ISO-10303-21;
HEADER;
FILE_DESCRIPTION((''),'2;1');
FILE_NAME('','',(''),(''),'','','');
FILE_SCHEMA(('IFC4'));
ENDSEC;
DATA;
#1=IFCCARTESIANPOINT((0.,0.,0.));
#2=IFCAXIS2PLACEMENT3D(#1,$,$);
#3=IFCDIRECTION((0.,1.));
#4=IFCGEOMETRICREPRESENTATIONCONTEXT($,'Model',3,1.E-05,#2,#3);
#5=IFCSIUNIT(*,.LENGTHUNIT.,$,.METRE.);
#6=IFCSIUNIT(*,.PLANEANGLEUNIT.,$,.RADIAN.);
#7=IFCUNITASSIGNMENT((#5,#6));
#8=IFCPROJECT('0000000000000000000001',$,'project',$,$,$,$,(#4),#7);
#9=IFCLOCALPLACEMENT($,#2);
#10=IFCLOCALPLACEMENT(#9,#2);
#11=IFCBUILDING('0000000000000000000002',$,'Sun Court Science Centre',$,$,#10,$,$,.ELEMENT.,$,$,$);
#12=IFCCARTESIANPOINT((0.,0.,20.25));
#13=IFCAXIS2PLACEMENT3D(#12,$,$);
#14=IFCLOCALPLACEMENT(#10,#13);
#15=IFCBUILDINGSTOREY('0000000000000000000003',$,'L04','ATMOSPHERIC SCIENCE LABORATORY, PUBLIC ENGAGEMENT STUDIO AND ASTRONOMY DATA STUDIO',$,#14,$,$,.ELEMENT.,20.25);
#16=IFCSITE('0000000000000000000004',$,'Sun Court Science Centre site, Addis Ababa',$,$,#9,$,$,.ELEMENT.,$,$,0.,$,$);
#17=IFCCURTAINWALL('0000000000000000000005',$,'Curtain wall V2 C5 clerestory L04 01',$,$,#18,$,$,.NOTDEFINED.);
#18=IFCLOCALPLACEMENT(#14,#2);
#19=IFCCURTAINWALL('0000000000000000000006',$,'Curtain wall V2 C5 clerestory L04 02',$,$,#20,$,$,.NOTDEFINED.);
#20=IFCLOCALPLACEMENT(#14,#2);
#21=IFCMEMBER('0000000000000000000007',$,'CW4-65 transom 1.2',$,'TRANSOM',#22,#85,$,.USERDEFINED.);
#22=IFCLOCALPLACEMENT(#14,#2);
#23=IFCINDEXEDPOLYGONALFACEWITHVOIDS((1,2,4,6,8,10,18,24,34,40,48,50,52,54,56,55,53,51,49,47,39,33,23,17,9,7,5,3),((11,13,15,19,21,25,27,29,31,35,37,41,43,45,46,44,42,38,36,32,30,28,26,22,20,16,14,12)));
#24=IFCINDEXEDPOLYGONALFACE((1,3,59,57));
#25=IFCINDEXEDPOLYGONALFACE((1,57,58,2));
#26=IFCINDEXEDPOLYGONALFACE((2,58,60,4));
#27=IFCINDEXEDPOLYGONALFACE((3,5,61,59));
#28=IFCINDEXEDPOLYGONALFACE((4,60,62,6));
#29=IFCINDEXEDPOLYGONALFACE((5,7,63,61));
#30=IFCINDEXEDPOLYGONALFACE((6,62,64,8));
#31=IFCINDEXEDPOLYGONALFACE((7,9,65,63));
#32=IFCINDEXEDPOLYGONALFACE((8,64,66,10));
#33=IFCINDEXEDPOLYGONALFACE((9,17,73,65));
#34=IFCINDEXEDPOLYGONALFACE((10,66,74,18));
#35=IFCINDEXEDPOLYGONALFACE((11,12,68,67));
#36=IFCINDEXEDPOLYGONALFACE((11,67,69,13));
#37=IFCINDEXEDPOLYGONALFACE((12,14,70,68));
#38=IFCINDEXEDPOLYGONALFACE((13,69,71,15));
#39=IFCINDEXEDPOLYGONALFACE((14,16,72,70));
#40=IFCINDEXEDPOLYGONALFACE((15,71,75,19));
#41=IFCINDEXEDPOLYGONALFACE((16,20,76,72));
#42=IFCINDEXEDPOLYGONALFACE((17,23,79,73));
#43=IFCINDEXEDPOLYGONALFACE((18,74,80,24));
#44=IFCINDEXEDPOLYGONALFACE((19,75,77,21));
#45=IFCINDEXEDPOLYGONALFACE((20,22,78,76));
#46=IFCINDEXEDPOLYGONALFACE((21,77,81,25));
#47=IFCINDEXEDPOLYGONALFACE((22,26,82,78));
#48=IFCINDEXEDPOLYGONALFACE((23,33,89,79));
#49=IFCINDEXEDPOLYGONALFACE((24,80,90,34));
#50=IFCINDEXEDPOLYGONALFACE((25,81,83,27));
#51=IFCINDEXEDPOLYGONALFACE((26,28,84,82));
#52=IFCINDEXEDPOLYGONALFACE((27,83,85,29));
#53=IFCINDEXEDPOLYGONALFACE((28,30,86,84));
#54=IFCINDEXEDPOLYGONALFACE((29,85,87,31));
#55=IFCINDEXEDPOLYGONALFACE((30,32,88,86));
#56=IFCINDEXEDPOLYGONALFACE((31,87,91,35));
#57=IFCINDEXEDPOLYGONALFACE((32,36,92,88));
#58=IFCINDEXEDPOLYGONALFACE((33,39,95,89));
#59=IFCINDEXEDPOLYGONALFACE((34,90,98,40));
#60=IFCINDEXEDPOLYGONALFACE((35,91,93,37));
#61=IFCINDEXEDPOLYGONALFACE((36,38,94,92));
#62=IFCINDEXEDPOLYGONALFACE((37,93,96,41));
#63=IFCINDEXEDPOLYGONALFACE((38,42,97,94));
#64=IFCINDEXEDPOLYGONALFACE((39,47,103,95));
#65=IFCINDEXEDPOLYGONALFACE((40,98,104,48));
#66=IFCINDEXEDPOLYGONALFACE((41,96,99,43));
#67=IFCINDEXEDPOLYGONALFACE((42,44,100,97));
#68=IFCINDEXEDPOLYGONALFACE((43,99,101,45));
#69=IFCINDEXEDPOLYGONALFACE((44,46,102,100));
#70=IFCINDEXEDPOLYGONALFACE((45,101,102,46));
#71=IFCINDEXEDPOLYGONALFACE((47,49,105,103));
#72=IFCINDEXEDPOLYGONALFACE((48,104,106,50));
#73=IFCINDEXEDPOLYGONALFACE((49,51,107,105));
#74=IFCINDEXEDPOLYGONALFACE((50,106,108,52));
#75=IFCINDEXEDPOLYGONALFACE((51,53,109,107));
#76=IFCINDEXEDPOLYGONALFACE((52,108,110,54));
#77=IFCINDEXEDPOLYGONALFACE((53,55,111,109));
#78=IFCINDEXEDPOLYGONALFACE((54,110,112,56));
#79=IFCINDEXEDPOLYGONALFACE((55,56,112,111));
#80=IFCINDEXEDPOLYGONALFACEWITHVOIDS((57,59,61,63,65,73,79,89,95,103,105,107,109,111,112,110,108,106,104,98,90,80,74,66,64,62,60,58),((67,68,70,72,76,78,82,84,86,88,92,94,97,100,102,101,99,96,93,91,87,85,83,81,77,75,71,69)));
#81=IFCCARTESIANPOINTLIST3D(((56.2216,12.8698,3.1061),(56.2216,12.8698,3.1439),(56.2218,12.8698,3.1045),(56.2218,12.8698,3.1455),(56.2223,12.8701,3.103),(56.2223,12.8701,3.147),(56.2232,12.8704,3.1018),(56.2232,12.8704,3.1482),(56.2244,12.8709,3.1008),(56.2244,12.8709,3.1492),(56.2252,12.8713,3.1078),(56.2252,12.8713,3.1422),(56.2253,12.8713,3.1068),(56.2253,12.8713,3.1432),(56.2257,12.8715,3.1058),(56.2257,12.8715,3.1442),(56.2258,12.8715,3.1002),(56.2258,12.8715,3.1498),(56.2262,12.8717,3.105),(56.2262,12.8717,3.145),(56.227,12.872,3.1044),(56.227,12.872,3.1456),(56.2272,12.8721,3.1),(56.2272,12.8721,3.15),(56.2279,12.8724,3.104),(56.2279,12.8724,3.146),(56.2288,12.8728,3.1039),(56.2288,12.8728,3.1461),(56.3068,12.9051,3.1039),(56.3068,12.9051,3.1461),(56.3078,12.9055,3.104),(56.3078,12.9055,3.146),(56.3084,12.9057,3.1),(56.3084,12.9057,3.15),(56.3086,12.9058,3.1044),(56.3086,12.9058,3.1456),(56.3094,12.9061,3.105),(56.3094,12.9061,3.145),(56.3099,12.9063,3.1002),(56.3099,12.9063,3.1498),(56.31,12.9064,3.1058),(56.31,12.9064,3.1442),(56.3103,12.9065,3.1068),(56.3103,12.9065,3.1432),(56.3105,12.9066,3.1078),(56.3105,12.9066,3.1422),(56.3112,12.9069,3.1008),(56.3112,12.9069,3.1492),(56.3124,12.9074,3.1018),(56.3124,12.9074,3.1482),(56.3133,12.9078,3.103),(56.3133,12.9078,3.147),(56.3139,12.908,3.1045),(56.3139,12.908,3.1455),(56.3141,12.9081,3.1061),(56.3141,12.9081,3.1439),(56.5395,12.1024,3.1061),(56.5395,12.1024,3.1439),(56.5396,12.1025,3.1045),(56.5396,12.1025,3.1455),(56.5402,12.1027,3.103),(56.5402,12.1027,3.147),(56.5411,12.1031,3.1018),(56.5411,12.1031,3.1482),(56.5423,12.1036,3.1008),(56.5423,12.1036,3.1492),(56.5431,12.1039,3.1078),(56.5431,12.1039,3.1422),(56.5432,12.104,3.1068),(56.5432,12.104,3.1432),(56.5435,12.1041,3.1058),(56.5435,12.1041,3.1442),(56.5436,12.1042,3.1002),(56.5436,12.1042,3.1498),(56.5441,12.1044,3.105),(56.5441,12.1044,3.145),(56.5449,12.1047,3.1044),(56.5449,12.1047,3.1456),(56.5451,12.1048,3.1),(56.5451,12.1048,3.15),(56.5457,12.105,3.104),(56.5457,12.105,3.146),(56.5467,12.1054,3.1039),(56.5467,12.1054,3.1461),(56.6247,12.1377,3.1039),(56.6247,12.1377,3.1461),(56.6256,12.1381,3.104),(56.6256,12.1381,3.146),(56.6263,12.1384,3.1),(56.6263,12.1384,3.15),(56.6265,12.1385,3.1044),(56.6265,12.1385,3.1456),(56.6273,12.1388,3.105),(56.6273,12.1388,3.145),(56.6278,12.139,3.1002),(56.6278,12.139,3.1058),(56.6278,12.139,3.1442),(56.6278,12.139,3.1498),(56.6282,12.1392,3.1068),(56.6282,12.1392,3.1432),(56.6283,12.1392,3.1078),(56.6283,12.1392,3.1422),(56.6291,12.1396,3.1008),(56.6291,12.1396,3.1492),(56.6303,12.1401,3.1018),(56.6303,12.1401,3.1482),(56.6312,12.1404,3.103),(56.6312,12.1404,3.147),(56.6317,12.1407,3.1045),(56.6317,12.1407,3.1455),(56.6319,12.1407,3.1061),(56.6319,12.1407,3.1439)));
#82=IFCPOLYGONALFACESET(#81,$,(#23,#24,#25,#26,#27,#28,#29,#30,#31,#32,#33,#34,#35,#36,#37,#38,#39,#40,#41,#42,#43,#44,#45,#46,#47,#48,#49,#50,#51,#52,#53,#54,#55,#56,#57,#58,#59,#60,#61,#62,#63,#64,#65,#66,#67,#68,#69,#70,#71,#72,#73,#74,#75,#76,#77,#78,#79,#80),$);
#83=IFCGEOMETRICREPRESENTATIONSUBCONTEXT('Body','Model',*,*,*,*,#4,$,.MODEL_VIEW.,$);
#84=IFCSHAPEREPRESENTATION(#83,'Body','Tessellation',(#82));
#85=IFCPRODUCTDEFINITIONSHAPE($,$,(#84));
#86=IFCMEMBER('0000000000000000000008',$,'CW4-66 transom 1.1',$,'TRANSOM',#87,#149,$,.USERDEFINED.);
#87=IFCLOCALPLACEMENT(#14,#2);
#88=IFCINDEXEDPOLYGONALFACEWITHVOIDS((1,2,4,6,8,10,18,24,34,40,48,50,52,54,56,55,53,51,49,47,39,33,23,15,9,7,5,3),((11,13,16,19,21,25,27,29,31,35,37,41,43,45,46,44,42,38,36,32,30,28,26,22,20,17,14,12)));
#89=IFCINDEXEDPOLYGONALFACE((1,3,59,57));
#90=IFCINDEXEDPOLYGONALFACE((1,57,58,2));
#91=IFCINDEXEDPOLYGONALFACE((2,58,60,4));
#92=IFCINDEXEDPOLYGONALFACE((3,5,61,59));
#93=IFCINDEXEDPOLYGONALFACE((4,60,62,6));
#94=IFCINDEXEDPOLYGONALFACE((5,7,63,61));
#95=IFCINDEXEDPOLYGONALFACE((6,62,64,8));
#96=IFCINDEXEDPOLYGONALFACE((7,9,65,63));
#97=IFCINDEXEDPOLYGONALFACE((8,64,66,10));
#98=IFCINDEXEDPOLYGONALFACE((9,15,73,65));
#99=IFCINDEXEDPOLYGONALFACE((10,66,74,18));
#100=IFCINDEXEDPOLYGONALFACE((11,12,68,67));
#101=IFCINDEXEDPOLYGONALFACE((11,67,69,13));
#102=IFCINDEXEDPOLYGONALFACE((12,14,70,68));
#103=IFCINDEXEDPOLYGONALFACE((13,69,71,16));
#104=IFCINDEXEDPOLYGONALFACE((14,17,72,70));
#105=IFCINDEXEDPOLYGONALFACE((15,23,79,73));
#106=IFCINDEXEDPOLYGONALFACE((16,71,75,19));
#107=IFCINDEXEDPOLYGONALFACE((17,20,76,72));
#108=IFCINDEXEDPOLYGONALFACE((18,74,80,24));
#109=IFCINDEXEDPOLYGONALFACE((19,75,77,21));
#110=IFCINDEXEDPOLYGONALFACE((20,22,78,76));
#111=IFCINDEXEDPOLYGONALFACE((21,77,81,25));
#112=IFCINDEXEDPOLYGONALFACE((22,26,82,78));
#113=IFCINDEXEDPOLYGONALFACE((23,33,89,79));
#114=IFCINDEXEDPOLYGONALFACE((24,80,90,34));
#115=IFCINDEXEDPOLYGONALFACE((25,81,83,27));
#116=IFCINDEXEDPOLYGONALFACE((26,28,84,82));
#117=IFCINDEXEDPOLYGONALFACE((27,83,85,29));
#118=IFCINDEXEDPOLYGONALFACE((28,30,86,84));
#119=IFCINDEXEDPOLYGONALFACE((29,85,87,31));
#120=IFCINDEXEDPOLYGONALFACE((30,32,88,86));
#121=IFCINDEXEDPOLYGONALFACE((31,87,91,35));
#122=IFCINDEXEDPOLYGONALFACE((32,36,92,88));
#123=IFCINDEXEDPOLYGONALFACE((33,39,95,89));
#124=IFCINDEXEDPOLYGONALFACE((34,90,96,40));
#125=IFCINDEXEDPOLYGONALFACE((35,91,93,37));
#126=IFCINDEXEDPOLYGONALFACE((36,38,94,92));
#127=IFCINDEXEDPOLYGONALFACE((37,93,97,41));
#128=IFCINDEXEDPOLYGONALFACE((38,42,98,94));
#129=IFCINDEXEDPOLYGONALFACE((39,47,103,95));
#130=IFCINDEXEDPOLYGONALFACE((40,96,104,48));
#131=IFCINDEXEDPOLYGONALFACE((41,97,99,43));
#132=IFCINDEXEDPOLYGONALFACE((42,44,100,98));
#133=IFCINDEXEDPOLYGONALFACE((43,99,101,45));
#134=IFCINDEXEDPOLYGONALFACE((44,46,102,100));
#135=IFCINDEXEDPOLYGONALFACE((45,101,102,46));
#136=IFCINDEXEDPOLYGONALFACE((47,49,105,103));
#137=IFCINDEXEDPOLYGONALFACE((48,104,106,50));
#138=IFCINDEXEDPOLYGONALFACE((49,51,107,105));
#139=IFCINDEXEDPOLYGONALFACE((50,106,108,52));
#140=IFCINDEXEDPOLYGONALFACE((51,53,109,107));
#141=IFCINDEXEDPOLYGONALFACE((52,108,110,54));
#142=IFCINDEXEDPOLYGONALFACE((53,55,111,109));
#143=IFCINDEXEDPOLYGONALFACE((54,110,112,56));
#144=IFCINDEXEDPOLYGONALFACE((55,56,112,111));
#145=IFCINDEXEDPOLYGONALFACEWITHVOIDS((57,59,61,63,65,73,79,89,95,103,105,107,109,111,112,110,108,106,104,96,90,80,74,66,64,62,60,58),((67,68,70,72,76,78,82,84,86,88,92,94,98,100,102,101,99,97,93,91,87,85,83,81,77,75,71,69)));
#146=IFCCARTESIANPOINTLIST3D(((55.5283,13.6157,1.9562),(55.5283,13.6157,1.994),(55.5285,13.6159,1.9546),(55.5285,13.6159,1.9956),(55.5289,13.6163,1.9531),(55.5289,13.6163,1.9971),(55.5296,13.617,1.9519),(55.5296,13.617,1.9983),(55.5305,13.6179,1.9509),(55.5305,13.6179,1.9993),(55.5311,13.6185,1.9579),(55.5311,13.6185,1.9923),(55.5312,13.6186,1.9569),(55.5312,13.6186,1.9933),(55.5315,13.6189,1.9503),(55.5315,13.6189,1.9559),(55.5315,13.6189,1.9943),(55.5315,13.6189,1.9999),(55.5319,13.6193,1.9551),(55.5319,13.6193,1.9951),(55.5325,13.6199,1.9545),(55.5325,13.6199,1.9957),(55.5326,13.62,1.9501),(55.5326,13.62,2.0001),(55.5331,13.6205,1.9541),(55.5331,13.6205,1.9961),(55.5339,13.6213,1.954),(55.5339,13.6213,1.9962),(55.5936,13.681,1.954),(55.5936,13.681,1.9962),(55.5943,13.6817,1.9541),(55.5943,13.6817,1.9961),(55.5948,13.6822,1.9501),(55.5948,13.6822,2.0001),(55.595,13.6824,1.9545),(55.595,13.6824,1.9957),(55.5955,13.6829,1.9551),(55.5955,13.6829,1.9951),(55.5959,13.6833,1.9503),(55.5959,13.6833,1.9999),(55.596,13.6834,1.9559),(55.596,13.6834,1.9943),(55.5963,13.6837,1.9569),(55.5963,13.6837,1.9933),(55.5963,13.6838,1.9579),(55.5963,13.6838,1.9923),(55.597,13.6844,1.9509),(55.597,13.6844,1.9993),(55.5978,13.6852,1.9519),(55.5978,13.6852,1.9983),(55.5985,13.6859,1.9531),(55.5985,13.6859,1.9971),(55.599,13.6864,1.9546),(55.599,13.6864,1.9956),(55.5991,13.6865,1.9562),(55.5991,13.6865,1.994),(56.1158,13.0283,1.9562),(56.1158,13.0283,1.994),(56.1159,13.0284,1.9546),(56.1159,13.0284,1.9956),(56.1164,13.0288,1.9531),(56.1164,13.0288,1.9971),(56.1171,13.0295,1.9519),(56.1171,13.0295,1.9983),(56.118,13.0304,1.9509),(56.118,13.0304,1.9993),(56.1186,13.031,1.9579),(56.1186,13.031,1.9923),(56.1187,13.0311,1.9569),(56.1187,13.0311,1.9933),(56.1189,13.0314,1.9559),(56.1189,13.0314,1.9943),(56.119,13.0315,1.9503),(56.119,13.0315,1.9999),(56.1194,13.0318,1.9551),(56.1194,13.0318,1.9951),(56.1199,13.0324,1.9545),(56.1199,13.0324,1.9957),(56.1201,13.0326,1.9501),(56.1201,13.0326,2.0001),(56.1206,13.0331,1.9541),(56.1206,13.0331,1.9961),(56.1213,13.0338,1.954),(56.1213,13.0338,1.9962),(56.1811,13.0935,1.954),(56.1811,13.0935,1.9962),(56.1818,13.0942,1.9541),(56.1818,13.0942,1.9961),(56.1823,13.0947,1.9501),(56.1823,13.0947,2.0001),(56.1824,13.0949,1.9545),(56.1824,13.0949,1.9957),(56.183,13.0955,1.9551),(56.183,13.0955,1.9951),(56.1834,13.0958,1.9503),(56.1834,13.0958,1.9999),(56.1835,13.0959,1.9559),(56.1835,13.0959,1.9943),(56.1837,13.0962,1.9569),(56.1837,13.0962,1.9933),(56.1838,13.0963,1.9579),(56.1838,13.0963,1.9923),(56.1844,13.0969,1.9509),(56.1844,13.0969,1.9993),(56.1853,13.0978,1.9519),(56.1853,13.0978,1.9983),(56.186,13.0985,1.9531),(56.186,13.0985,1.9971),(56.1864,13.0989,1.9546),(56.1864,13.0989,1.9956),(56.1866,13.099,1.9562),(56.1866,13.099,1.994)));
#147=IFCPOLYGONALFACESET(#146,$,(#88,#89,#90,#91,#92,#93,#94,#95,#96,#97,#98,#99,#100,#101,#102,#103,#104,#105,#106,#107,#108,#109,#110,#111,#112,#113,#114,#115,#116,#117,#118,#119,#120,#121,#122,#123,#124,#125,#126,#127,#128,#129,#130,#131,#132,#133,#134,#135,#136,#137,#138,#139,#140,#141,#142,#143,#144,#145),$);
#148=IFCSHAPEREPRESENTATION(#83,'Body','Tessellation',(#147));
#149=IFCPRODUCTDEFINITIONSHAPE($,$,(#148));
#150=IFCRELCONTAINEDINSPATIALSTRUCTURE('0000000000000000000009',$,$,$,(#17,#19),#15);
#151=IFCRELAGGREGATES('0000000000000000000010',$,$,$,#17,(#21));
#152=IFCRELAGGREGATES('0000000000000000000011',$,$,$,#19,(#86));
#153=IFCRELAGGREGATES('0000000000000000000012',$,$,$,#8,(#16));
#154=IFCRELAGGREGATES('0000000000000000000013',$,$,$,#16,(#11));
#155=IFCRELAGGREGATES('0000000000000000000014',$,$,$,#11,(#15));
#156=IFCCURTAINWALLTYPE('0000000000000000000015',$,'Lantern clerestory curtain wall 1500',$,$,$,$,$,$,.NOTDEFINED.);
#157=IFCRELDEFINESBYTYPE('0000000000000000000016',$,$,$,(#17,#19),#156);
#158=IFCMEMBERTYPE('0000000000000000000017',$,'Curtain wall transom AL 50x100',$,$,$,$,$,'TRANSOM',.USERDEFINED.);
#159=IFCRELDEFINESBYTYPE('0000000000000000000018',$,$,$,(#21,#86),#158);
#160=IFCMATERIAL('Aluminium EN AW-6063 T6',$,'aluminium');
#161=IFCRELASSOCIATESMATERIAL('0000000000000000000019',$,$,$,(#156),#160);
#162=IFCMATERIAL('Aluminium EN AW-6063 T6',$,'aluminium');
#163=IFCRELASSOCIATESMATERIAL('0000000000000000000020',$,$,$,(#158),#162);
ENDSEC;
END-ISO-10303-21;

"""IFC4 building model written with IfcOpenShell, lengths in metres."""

from ifc_helpers import new_model, si_unit, direction, frame, origin, origin_2d, place, context, subcontext, project, spatial, hollow_rectangle, extrude, material, material_profile, profile_set, type_object, element, aggregate, save


model = new_model("IFC4")

# Units and contexts
model_context = context("Model", 3, precision=1e-05, world=origin(), true_north=direction((0.0, 1.0)))
body_context = subcontext(model_context, "Body", "Model", "MODEL_VIEW")
ifc_project = project(units=[si_unit("LENGTHUNIT", "METRE"), si_unit("PLANEANGLEUNIT", "RADIAN")], contexts=[model_context])

# Site, building, storey
site_placement = place(None, origin())
site = spatial("IfcSite", under=ifc_project, at=site_placement, Name="Sun Court Science Centre site, Addis Ababa", CompositionType="ELEMENT", RefElevation=0.0)
building_placement = place(site_placement, origin())
building = spatial("IfcBuilding", under=site, at=building_placement, Name="Sun Court Science Centre", CompositionType="ELEMENT")
storey_placement = place(building_placement, frame((0.0, 0.0, 20.25)))
storey = spatial("IfcBuildingStorey", under=building, at=storey_placement, Name="L04", Description="ATMOSPHERIC SCIENCE LABORATORY, PUBLIC ENGAGEMENT STUDIO AND ASTRONOMY DATA STUDIO", CompositionType="ELEMENT", Elevation=20.25)

# Curtain wall
ifc_material_1 = material(Name="Aluminium EN AW-6063 T6", Category="aluminium")
curtain_wall_type = type_object("IfcCurtainWallType", Name="Lantern clerestory curtain wall 1500", PredefinedType="NOTDEFINED", material=ifc_material_1)
curtain_wall_1_placement = place(storey_placement, origin())
curtain_wall_1 = element("IfcCurtainWall", 1, at=curtain_wall_1_placement, inside=storey, type_object=curtain_wall_type, Name="Curtain wall V2 C5 clerestory L04 01", PredefinedType="NOTDEFINED")

# Curtain wall
curtain_wall_2_placement = place(storey_placement, origin())
curtain_wall_2 = element("IfcCurtainWall", 2, at=curtain_wall_2_placement, inside=storey, type_object=curtain_wall_type, Name="Curtain wall V2 C5 clerestory L04 02", PredefinedType="NOTDEFINED")

# Members
ifc_material_2 = material(Name="Aluminium EN AW-6063 T6", Category="aluminium")
ifc_material_profile_1 = material_profile(ifc_material_2, hollow_rectangle(XDim=0.05, YDim=0.1001, WallThickness=0.0039, InnerFilletRadius=0.0039, OuterFilletRadius=0.0061, at=origin_2d()), Name="AL 50x100x4")
ifc_profile_set_1 = profile_set([ifc_material_profile_1], Name="Aluminium EN AW-6063 T6")
member_type_1 = type_object("IfcMemberType", Name="Curtain wall transom AL 50x100", ElementType="TRANSOM", PredefinedType="USERDEFINED", material=ifc_profile_set_1)
member_1_placement = place(storey_placement, frame((56.2678, 12.8889, 3.125), z_axis=(0.382715, -0.923866, 0.0), x_axis=(0.0, 0.0, 1.0)))
member_1 = element("IfcMember", 3, at=member_1_placement, type_object=member_type_1, Name="CW4-65 transom 1.2", ObjectType="TRANSOM", PredefinedType="USERDEFINED", context=body_context, shape_type="SweptSolid", body=[
    extrude(hollow_rectangle(XDim=0.05, YDim=0.1001, WallThickness=0.0039, InnerFilletRadius=0.0039, OuterFilletRadius=0.0061, at=origin_2d()), origin(), (0.0, 0.0, 1.0), 0.8306),
])
member_2_placement = place(storey_placement, frame((55.5637, 13.6511, 1.9751), z_axis=(0.707107, -0.707107, 0.0), x_axis=(0.0, 0.0, 1.0)))
member_2 = element("IfcMember", 4, at=member_2_placement, type_object=member_type_1, Name="CW4-66 transom 1.1", ObjectType="TRANSOM", PredefinedType="USERDEFINED", context=body_context, shape_type="SweptSolid", body=[
    extrude(hollow_rectangle(XDim=0.05, YDim=0.1001, WallThickness=0.0039, InnerFilletRadius=0.0039, OuterFilletRadius=0.0061, at=origin_2d()), origin(), (0.0, 0.0, 1.0), 0.8308),
])

aggregate(curtain_wall_1, [member_1])
aggregate(curtain_wall_2, [member_2])

save(model, "model.ifc")
